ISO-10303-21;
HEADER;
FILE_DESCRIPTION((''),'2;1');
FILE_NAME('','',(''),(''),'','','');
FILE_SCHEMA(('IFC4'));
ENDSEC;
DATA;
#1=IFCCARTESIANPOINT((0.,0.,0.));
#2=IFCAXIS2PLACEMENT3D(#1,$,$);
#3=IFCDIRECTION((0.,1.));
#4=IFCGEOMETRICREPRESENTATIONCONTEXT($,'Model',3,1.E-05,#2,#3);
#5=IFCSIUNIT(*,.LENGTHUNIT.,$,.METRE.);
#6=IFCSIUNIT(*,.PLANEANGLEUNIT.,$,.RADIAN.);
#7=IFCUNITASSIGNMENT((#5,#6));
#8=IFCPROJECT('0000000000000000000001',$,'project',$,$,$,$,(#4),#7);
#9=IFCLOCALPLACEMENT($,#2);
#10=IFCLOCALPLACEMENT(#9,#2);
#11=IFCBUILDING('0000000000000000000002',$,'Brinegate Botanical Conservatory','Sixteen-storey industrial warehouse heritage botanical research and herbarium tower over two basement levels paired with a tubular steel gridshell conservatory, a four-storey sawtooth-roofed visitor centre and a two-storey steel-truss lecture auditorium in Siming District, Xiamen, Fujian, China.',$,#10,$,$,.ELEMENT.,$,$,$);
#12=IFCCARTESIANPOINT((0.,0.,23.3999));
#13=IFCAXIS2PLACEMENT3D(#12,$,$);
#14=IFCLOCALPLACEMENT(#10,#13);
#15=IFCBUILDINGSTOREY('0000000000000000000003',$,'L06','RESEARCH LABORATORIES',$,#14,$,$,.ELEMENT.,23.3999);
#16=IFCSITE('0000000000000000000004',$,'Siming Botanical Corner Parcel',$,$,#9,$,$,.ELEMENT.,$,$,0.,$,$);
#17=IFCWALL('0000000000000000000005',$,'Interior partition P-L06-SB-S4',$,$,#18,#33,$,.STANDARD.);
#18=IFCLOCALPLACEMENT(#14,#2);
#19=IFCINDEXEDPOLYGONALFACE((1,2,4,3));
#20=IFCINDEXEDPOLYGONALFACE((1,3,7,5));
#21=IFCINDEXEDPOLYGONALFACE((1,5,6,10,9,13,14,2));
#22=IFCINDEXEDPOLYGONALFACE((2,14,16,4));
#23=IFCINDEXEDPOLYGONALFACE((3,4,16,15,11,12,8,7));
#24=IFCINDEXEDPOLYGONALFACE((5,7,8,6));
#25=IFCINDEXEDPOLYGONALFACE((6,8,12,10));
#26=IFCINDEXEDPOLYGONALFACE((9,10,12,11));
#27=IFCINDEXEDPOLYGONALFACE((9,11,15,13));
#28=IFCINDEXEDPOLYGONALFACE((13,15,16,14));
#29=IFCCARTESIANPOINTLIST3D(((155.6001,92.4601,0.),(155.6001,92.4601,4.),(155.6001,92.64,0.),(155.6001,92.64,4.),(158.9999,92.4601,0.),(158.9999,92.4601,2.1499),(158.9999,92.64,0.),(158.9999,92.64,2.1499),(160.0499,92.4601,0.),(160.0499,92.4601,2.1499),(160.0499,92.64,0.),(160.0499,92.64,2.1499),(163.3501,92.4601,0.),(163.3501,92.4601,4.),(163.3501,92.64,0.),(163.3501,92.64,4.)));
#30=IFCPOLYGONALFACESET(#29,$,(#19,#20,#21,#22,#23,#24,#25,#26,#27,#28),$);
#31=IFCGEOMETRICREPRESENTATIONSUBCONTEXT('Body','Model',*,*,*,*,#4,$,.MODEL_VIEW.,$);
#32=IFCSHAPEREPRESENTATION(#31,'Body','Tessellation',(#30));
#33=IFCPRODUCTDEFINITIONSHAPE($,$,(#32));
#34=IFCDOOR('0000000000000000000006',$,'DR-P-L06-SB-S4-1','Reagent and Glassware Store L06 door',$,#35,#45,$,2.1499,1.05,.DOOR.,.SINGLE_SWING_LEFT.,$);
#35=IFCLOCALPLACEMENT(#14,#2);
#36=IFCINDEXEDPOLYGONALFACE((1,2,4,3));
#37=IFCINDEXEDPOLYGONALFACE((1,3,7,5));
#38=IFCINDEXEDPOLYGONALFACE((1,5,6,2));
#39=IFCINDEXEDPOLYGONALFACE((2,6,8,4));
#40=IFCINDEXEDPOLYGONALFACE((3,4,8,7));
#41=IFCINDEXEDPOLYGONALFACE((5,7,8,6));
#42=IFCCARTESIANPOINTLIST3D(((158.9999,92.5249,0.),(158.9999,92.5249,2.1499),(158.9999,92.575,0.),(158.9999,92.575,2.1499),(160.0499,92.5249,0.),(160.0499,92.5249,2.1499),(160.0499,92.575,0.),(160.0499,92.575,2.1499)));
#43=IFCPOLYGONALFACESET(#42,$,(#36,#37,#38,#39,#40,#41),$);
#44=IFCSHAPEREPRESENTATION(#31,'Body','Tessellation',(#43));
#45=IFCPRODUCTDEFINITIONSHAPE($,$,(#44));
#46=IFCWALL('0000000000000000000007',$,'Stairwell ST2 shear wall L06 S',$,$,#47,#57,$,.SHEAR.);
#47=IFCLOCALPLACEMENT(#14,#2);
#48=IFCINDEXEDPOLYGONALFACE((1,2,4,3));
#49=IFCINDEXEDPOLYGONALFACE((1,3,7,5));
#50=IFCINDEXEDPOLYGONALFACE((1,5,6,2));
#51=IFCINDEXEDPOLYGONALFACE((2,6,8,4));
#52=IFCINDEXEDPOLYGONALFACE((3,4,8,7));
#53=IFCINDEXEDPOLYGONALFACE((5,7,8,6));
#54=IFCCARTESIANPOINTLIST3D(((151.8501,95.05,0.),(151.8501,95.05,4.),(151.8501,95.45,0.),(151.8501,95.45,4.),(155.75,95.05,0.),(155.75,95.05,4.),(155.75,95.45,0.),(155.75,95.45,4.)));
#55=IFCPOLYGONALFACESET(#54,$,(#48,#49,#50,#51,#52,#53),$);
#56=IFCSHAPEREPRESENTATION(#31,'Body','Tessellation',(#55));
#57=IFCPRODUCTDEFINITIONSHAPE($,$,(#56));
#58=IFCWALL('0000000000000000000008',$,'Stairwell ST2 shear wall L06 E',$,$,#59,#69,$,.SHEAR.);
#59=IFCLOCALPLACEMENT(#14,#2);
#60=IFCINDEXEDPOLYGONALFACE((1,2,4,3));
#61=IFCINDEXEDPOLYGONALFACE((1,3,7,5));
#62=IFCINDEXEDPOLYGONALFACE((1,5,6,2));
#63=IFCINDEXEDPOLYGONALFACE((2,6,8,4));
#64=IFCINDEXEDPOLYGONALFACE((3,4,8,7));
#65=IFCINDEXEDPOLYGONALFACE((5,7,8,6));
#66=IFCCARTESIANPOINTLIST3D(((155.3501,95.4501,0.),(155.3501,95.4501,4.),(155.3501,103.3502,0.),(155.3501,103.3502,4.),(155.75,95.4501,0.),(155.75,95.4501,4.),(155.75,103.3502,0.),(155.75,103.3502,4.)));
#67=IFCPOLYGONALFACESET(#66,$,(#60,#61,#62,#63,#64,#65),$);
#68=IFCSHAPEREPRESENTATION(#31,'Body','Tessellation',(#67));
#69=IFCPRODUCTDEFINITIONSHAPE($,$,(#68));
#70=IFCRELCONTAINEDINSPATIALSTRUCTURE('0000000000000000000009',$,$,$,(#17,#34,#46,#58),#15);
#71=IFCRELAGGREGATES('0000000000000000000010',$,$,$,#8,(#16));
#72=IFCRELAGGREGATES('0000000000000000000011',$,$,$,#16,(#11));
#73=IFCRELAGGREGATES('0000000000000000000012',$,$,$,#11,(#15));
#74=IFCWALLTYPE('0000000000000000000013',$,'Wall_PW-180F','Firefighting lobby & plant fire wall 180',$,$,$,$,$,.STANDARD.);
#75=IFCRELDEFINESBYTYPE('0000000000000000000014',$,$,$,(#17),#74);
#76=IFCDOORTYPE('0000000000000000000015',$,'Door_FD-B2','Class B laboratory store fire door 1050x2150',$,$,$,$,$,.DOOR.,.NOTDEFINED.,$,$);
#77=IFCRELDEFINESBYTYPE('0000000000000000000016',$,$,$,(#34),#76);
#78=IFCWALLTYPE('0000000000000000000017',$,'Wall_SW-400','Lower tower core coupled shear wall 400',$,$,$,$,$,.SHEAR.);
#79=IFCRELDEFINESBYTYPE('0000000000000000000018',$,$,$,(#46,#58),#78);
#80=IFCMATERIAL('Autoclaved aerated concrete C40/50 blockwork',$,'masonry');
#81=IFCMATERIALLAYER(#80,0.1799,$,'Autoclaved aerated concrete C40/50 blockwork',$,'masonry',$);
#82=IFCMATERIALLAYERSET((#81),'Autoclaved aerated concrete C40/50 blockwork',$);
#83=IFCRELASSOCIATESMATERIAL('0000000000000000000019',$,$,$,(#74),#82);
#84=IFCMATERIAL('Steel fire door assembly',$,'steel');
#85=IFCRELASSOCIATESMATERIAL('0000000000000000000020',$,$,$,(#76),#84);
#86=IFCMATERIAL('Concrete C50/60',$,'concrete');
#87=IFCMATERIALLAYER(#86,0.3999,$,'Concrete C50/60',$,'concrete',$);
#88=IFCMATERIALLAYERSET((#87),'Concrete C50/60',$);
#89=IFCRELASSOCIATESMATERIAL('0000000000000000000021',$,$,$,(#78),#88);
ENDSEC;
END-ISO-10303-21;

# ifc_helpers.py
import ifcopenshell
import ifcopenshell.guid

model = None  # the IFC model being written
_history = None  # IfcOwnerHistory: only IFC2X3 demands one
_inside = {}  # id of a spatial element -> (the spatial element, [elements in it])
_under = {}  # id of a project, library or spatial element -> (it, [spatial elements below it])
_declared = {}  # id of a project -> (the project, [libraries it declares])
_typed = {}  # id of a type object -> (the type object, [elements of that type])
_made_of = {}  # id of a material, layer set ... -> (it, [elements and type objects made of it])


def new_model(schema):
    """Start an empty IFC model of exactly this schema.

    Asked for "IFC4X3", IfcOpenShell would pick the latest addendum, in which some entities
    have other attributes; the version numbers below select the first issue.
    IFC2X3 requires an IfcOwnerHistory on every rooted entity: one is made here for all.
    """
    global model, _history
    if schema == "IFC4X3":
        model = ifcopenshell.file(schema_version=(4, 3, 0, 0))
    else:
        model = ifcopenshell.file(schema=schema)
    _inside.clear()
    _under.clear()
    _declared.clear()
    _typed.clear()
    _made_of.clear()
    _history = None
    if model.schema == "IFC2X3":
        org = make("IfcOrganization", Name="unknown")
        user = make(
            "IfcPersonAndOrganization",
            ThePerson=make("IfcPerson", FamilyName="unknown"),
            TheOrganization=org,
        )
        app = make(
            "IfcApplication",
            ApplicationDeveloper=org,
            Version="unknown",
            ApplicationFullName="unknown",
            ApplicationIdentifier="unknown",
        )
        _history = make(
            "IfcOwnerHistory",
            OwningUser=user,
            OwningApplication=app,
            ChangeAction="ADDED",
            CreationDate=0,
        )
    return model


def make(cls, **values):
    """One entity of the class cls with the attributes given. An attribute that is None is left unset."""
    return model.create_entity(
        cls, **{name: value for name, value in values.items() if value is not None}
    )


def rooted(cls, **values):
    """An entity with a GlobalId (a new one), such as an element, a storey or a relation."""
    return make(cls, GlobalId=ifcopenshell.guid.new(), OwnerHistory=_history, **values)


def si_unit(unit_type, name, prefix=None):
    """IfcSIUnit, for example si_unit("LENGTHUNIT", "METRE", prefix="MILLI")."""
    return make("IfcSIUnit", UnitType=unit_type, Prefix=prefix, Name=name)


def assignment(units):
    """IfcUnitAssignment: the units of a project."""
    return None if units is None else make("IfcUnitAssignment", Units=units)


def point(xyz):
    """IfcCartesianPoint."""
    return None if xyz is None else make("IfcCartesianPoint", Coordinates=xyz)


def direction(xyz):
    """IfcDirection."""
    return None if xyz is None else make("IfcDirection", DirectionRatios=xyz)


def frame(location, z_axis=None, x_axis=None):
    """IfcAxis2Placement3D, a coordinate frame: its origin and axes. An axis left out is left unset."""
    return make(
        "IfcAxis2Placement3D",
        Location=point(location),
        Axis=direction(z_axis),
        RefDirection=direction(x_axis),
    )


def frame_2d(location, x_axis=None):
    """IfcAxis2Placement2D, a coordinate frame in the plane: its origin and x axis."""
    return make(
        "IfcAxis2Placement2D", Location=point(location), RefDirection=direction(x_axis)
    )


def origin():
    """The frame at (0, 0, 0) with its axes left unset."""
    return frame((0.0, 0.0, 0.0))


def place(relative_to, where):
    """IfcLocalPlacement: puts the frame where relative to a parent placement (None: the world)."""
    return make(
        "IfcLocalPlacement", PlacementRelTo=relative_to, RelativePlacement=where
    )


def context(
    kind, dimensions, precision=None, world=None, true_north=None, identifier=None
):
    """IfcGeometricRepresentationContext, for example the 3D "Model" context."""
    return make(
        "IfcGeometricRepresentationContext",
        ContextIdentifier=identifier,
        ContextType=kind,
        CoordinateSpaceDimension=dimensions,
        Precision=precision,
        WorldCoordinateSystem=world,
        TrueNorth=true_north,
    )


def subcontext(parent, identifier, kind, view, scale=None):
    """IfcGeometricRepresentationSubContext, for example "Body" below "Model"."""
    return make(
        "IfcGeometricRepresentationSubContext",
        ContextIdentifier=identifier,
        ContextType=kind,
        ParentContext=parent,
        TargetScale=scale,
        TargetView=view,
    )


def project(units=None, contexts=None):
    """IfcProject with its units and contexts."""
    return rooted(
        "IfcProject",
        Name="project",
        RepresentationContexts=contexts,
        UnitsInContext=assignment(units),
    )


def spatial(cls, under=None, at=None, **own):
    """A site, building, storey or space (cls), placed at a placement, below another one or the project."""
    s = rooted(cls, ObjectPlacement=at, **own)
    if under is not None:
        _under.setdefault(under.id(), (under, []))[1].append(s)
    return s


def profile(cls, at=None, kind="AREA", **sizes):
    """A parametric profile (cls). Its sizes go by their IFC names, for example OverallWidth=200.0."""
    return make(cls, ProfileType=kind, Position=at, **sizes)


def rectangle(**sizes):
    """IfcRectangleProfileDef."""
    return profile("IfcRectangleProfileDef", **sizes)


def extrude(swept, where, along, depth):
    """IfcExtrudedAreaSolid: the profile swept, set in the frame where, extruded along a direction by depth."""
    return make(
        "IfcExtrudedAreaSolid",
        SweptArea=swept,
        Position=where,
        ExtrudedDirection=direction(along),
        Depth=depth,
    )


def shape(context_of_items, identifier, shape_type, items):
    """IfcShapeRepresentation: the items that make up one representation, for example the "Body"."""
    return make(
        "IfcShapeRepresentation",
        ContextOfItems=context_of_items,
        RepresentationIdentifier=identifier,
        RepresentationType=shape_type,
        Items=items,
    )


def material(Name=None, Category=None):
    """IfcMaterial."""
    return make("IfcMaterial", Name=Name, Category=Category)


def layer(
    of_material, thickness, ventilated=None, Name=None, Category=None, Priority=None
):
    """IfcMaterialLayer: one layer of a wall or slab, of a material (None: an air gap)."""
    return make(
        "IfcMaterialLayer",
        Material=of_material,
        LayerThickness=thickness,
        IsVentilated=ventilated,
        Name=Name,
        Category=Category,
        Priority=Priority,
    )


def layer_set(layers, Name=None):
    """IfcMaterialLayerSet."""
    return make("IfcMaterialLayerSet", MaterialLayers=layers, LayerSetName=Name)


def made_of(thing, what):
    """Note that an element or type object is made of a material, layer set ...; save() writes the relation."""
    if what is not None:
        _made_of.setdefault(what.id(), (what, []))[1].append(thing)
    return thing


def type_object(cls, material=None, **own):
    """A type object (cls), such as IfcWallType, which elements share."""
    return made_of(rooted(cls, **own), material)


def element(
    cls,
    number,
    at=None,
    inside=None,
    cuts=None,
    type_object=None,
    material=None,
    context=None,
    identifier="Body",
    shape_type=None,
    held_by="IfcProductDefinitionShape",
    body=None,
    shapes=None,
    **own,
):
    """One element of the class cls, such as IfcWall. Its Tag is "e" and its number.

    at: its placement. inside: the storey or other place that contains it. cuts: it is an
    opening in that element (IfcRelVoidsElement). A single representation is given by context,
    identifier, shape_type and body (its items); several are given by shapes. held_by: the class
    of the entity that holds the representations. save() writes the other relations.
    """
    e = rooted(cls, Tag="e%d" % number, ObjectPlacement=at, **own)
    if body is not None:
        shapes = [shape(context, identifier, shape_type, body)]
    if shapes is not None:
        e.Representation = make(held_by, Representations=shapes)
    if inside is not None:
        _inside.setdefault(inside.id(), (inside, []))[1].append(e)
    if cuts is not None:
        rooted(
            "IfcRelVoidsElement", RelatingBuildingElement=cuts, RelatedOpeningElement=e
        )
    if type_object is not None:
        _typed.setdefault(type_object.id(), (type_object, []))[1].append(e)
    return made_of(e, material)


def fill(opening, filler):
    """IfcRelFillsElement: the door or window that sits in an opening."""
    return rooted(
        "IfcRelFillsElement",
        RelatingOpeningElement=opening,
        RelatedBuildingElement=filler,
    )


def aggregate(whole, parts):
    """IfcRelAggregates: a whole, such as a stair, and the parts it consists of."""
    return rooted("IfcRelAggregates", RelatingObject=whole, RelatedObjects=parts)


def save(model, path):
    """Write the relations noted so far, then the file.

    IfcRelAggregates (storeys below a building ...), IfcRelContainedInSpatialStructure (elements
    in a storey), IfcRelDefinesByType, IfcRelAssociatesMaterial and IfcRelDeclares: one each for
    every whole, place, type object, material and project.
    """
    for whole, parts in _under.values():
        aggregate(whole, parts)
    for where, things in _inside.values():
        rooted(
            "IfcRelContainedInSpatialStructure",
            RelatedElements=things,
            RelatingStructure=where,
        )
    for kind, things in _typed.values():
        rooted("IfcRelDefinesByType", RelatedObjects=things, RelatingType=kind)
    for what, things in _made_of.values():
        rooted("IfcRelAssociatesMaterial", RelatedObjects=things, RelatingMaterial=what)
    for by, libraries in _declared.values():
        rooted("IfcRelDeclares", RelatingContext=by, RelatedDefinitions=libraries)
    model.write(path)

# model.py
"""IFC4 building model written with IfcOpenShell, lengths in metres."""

from ifc_helpers import new_model, si_unit, direction, frame, frame_2d, origin, place, context, subcontext, project, spatial, rectangle, extrude, material, layer, layer_set, type_object, element, fill, save


model = new_model("IFC4")

# Units and contexts
model_context = context("Model", 3, precision=1e-05, world=origin(), true_north=direction((0.0, 1.0)))
body_context = subcontext(model_context, "Body", "Model", "MODEL_VIEW")
ifc_project = project(units=[si_unit("LENGTHUNIT", "METRE"), si_unit("PLANEANGLEUNIT", "RADIAN")], contexts=[model_context])

# Site, building, storey
site_placement = place(None, origin())
site = spatial("IfcSite", under=ifc_project, at=site_placement, Name="Siming Botanical Corner Parcel", CompositionType="ELEMENT", RefElevation=0.0)
building_placement = place(site_placement, origin())
building = spatial("IfcBuilding", under=site, at=building_placement, Name="Brinegate Botanical Conservatory", Description="Sixteen-storey industrial warehouse heritage botanical research and herbarium tower over two basement levels paired with a tubular steel gridshell conservatory, a four-storey sawtooth-roofed visitor centre and a two-storey steel-truss lecture auditorium in Siming District, Xiamen, Fujian, China.", CompositionType="ELEMENT")
storey_placement = place(building_placement, frame((0.0, 0.0, 23.3999)))
storey = spatial("IfcBuildingStorey", under=building, at=storey_placement, Name="L06", Description="RESEARCH LABORATORIES", CompositionType="ELEMENT", Elevation=23.3999)

# Wall, opening, door
ifc_material_1 = material(Name="Autoclaved aerated concrete C40/50 blockwork", Category="masonry")
ifc_layer_1 = layer(ifc_material_1, 0.1799, Name="Autoclaved aerated concrete C40/50 blockwork", Category="masonry")
ifc_layer_set_1 = layer_set([ifc_layer_1], Name="Autoclaved aerated concrete C40/50 blockwork")
wall_type_1 = type_object("IfcWallType", Name="Wall_PW-180F", Description="Firefighting lobby & plant fire wall 180", PredefinedType="STANDARD", material=ifc_layer_set_1)
wall_1_placement = place(storey_placement, frame((155.6001, 92.55, 0.0), z_axis=(0.0, 0.0, 1.0), x_axis=(1.0, 0.0, 0.0)))
wall_1 = element("IfcWall", 1, at=wall_1_placement, inside=storey, type_object=wall_type_1, Name="Interior partition P-L06-SB-S4", PredefinedType="STANDARD", context=body_context, shape_type="SweptSolid", body=[
    extrude(rectangle(XDim=7.75, YDim=0.1799, at=frame_2d((3.875, 0.0))), origin(), (0.0, 0.0, 1.0), 4.0),
])
opening_1_placement = place(wall_1_placement, frame((3.3999, 0.0, 0.0)))
opening_1 = element("IfcOpeningElement", 2, at=opening_1_placement, cuts=wall_1, PredefinedType="OPENING", context=body_context, shape_type="SweptSolid", body=[
    extrude(rectangle(XDim=1.05, YDim=2.1499, at=frame_2d((0.5249, 1.075))), frame((0.0, 0.0999, 0.0), z_axis=(0.0, -1.0, 0.0), x_axis=(1.0, 0.0, 0.0)), (0.0, 0.0, 1.0), 0.2),
])
ifc_material_2 = material(Name="Steel fire door assembly", Category="steel")
door_type_1 = type_object("IfcDoorType", Name="Door_FD-B2", Description="Class B laboratory store fire door 1050x2150", OperationType="NOTDEFINED", PredefinedType="DOOR", material=ifc_material_2)
door_1_placement = place(opening_1_placement, origin())
door_1 = element("IfcDoor", 3, at=door_1_placement, inside=storey, type_object=door_type_1, Name="DR-P-L06-SB-S4-1", Description="Reagent and Glassware Store L06 door", OperationType="SINGLE_SWING_LEFT", OverallHeight=2.1499, OverallWidth=1.05, PredefinedType="DOOR", context=body_context, shape_type="SweptSolid", body=[
    extrude(rectangle(XDim=1.05, YDim=2.1499, at=frame_2d((0.5249, 1.075))), frame((0.0, 0.0249, 0.0), z_axis=(0.0, -1.0, 0.0), x_axis=(1.0, 0.0, 0.0)), (0.0, 0.0, 1.0), 0.05),
])
fill(opening_1, door_1)

# Wall
ifc_material_3 = material(Name="Concrete C50/60", Category="concrete")
ifc_layer_2 = layer(ifc_material_3, 0.3999, Name="Concrete C50/60", Category="concrete")
ifc_layer_set_2 = layer_set([ifc_layer_2], Name="Concrete C50/60")
wall_type_2 = type_object("IfcWallType", Name="Wall_SW-400", Description="Lower tower core coupled shear wall 400", PredefinedType="SHEAR", material=ifc_layer_set_2)
wall_2_placement = place(storey_placement, frame((151.8501, 95.25, 0.0), z_axis=(0.0, 0.0, 1.0), x_axis=(1.0, 0.0, 0.0)))
element("IfcWall", 4, at=wall_2_placement, inside=storey, type_object=wall_type_2, Name="Stairwell ST2 shear wall L06 S", PredefinedType="SHEAR", context=body_context, shape_type="SweptSolid", body=[
    extrude(rectangle(XDim=3.8999, YDim=0.3999, at=frame_2d((1.95, 0.0))), origin(), (0.0, 0.0, 1.0), 4.0),
])

# Wall
wall_3_placement = place(storey_placement, frame((155.55, 95.45, 0.0), z_axis=(0.0, 0.0, 1.0), x_axis=(0.0, 1.0, 0.0)))
element("IfcWall", 5, at=wall_3_placement, inside=storey, type_object=wall_type_2, Name="Stairwell ST2 shear wall L06 E", PredefinedType="SHEAR", context=body_context, shape_type="SweptSolid", body=[
    extrude(rectangle(XDim=7.9001, YDim=0.3999, at=frame_2d((3.9502, 0.0))), origin(), (0.0, 0.0, 1.0), 4.0),
])

save(model, "model.ifc")
